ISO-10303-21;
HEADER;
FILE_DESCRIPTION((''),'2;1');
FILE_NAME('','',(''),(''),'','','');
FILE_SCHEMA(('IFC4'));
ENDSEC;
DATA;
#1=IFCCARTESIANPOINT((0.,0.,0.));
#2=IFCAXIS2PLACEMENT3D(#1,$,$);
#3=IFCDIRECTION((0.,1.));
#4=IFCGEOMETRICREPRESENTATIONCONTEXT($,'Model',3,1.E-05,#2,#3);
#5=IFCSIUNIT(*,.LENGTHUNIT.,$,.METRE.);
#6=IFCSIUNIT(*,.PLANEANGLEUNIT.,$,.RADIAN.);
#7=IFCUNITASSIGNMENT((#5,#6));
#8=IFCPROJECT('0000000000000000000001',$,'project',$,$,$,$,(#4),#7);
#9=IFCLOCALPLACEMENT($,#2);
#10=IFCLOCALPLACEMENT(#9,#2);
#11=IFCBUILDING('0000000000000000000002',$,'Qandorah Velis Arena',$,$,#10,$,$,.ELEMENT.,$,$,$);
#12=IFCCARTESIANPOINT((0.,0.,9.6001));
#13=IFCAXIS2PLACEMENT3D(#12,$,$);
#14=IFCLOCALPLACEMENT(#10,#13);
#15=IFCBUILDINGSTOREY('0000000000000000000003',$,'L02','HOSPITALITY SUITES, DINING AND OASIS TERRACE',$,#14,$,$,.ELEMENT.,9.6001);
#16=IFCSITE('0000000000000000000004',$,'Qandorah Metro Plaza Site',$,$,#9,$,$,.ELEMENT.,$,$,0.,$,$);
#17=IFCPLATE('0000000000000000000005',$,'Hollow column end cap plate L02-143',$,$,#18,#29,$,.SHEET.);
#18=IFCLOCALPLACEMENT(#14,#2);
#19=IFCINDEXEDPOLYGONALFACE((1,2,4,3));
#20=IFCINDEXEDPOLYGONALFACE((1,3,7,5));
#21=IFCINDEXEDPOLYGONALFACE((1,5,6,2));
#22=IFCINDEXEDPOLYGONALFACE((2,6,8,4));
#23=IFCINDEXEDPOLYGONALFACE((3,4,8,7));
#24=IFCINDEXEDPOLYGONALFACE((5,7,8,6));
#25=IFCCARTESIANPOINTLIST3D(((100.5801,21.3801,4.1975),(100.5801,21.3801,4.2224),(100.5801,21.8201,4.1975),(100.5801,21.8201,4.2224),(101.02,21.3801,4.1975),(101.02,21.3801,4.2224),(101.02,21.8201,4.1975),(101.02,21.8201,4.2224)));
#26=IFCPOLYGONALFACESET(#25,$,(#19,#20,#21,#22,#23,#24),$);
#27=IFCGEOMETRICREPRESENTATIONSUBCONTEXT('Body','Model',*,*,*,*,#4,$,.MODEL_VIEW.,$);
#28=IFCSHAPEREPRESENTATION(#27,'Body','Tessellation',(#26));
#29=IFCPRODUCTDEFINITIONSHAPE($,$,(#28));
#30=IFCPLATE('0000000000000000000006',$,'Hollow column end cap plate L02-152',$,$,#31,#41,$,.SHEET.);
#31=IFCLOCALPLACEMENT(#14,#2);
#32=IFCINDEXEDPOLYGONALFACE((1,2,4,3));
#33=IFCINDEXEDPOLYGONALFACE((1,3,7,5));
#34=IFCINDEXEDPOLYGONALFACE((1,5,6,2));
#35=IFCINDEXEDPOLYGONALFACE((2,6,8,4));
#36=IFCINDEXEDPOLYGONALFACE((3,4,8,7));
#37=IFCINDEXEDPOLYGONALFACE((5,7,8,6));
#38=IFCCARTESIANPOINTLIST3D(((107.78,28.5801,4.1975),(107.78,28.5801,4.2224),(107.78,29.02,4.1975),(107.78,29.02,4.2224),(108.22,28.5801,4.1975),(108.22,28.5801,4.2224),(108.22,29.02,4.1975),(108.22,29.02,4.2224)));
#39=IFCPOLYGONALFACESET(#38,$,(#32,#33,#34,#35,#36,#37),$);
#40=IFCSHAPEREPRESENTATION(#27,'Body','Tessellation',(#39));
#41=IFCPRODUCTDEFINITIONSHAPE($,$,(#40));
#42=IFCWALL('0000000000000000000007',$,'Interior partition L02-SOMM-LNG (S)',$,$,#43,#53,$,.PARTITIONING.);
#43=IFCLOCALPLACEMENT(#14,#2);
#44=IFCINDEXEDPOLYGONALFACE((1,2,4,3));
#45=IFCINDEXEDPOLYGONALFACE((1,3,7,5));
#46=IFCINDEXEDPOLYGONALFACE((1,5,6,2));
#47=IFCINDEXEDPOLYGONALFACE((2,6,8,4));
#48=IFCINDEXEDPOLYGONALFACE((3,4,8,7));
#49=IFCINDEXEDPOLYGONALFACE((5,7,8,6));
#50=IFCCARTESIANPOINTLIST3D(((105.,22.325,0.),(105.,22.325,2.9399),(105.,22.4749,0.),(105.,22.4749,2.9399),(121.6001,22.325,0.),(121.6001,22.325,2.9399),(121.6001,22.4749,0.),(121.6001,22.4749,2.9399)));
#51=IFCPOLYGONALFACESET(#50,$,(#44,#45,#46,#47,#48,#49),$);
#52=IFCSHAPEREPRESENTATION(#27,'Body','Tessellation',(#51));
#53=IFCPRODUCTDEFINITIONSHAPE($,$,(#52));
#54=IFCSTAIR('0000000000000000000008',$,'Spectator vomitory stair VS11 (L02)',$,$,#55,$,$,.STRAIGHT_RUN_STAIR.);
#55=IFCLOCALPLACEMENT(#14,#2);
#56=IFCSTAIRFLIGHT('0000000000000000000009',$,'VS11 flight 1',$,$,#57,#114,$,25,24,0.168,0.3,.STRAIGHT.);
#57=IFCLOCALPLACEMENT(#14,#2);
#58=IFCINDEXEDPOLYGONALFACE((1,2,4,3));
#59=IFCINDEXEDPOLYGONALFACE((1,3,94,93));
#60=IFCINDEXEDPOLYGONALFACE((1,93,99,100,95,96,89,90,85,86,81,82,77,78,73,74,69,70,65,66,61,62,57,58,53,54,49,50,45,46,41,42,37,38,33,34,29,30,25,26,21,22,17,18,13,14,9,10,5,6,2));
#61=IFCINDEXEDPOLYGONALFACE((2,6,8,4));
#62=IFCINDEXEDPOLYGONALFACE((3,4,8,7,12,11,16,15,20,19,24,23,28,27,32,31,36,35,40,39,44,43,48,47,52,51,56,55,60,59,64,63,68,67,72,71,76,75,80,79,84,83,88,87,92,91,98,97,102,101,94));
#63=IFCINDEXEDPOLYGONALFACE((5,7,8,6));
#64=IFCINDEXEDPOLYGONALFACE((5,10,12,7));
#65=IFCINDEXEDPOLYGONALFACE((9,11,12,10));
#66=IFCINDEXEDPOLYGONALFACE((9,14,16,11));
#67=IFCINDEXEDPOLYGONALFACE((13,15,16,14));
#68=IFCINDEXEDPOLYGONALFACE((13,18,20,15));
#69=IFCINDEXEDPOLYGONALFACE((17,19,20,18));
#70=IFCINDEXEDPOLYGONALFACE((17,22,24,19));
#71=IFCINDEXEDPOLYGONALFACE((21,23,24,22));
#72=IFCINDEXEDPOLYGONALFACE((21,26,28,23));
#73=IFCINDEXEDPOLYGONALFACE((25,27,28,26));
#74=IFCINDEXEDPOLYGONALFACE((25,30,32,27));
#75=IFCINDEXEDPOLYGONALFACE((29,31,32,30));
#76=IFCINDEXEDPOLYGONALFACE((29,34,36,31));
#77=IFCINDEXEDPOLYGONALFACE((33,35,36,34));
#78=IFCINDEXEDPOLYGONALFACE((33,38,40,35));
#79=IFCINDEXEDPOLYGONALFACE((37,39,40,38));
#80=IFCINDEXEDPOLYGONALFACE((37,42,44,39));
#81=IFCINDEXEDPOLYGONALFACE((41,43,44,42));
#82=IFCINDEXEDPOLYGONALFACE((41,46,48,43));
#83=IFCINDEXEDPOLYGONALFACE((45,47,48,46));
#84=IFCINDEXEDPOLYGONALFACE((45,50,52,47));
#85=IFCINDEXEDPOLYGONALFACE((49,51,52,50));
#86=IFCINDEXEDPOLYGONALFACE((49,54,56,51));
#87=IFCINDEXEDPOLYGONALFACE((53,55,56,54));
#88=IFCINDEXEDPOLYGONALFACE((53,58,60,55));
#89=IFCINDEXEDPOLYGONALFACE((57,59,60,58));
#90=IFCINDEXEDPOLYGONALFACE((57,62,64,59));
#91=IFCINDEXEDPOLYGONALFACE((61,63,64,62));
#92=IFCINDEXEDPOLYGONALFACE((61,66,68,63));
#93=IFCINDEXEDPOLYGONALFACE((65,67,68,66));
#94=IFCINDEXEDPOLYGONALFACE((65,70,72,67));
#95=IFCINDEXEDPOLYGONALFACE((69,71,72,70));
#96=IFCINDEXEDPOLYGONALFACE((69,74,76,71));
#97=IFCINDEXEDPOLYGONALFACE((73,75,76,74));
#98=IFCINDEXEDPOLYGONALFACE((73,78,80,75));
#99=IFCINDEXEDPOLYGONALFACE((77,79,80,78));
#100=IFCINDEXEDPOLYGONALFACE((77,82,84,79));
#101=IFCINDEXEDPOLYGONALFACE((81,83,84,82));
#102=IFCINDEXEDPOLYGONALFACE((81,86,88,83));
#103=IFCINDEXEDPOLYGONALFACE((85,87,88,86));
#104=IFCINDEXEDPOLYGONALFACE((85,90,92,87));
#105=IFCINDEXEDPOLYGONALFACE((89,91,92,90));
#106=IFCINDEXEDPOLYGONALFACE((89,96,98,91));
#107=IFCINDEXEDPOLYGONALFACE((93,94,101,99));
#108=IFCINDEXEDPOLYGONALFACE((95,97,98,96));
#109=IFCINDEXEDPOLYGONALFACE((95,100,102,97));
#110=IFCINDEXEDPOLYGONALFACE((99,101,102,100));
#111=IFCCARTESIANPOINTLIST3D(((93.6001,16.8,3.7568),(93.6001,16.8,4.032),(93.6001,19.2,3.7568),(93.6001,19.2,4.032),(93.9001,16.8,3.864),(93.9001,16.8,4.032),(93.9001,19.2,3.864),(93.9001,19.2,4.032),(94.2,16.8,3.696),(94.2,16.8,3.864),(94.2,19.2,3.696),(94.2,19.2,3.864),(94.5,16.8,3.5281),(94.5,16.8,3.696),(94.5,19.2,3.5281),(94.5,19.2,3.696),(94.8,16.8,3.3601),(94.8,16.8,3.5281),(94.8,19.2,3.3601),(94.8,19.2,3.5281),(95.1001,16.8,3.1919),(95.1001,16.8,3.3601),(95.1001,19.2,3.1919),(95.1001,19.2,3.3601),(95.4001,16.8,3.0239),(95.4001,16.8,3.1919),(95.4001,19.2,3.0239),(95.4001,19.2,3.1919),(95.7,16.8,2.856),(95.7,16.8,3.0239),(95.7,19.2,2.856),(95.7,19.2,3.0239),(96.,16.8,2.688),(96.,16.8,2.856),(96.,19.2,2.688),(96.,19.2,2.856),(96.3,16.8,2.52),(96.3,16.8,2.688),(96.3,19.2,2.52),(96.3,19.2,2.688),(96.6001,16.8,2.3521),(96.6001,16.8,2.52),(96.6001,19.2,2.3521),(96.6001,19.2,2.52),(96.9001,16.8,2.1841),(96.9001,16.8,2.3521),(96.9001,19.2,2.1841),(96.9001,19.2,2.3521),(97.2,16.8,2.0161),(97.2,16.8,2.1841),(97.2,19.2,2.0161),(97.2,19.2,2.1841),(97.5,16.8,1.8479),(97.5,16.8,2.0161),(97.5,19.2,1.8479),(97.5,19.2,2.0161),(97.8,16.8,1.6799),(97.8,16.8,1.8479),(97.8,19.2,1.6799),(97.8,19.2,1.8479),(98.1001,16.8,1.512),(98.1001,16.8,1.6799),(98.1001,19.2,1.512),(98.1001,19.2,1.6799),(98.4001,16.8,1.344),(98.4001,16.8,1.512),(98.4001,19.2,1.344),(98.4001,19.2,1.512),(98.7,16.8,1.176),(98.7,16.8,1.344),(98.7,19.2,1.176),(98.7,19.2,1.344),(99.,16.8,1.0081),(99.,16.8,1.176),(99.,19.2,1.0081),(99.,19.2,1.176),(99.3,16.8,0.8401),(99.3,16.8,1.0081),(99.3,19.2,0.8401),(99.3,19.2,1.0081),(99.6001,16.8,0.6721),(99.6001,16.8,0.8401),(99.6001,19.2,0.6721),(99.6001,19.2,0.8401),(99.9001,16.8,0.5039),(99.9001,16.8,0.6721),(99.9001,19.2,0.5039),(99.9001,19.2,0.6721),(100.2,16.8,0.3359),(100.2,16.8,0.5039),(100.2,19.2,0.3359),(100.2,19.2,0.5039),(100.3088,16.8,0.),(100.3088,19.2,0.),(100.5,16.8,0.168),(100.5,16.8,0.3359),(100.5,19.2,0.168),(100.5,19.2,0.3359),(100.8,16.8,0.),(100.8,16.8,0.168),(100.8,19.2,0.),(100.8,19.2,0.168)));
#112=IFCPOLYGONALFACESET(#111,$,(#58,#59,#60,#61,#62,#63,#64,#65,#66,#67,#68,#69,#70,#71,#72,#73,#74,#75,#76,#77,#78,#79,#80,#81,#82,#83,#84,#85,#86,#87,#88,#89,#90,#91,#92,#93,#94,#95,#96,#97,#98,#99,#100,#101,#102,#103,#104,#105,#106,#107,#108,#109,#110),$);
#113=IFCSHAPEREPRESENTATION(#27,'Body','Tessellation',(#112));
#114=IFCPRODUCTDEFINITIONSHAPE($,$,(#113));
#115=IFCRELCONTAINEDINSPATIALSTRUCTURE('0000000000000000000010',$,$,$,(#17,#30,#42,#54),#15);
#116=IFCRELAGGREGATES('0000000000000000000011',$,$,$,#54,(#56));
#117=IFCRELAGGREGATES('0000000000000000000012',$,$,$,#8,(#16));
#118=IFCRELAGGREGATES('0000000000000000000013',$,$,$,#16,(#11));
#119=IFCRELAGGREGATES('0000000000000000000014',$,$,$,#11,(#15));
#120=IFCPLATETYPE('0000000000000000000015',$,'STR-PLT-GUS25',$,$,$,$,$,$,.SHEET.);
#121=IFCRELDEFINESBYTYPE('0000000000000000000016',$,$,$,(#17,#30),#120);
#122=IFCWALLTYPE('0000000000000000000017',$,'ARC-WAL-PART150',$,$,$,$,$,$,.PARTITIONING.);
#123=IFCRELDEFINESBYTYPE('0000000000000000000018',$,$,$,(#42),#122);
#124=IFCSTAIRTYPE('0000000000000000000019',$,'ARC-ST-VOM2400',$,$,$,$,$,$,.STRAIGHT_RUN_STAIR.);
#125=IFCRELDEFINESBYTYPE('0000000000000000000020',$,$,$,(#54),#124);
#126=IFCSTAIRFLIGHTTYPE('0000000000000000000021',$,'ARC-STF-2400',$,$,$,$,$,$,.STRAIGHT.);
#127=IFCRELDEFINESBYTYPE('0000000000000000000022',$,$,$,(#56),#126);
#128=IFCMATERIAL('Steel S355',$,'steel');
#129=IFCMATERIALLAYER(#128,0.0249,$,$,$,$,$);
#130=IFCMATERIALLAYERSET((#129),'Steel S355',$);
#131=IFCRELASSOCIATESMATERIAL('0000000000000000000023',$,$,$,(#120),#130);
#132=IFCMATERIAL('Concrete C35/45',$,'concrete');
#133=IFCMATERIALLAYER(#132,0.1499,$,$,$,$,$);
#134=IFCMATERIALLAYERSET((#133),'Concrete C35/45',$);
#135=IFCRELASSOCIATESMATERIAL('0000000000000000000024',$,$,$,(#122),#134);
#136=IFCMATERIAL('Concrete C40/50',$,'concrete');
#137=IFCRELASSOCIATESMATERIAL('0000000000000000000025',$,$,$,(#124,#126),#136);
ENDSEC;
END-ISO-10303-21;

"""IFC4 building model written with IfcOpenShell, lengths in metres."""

from ifc_helpers import new_model, si_unit, direction, frame, frame_2d, origin, origin_2d, place, context, subcontext, project, spatial, polyline, rectangle, outline, extrude, material, layer, layer_set, type_object, element, aggregate, save


model = new_model("IFC4")

# Units and contexts
model_context = context("Model", 3, precision=1e-05, world=origin(), true_north=direction((0.0, 1.0)))
body_context = subcontext(model_context, "Body", "Model", "MODEL_VIEW")
ifc_project = project(units=[si_unit("LENGTHUNIT", "METRE"), si_unit("PLANEANGLEUNIT", "RADIAN")], contexts=[model_context])

# Site, building, storey
site_placement = place(None, origin())
site = spatial("IfcSite", under=ifc_project, at=site_placement, Name="Qandorah Metro Plaza Site", CompositionType="ELEMENT", RefElevation=0.0)
building_placement = place(site_placement, origin())
building = spatial("IfcBuilding", under=site, at=building_placement, Name="Qandorah Velis Arena", CompositionType="ELEMENT")
storey_placement = place(building_placement, frame((0.0, 0.0, 9.6001)))
storey = spatial("IfcBuildingStorey", under=building, at=storey_placement, Name="L02", Description="HOSPITALITY SUITES, DINING AND OASIS TERRACE", CompositionType="ELEMENT", Elevation=9.6001)

# Shared definitions
ifc_material_1 = material(Name="Concrete C40/50", Category="concrete")
ifc_material_2 = material(Name="Steel S355", Category="steel")

# Plates
ifc_layer_1 = layer(ifc_material_2, 0.0249)
ifc_layer_set_1 = layer_set([ifc_layer_1], Name="Steel S355")
plate_type = type_object("IfcPlateType", Name="STR-PLT-GUS25", PredefinedType="SHEET", material=ifc_layer_set_1)
for number, where, z_axis, x_axis, name in (
    (1, (100.8, 21.6001, 4.1975), (0.0, 0.0, 1.0), (1.0, 0.0, 0.0), "Hollow column end cap plate L02-143"),
    (2, (108.0, 28.8, 4.1975), (0.0, 0.0, 1.0), (1.0, 0.0, 0.0), "Hollow column end cap plate L02-152"),
):
    element("IfcPlate", number, at=place(storey_placement, frame(where, z_axis=z_axis, x_axis=x_axis)), inside=storey, type_object=plate_type, Name=name, PredefinedType="SHEET", context=body_context, shape_type="SweptSolid", body=[
        extrude(rectangle(XDim=0.4399, YDim=0.4399, at=origin_2d()), origin(), (0.0, 0.0, 1.0), 0.0249),
    ])

# Wall
ifc_material_3 = material(Name="Concrete C35/45", Category="concrete")
ifc_layer_2 = layer(ifc_material_3, 0.1499)
ifc_layer_set_2 = layer_set([ifc_layer_2], Name="Concrete C35/45")
wall_type = type_object("IfcWallType", Name="ARC-WAL-PART150", PredefinedType="PARTITIONING", material=ifc_layer_set_2)
wall_placement = place(storey_placement, frame((105.0, 22.3999, 0.0), z_axis=(0.0, 0.0, 1.0), x_axis=(1.0, 0.0, 0.0)))
element("IfcWall", 3, at=wall_placement, inside=storey, type_object=wall_type, Name="Interior partition L02-SOMM-LNG (S)", PredefinedType="PARTITIONING", context=body_context, shape_type="SweptSolid", body=[
    extrude(rectangle(XDim=16.6001, YDim=0.1499, at=frame_2d((8.3, 0.0))), origin(), (0.0, 0.0, 1.0), 2.9399),
])

# Stair, stair flight
stair_type = type_object("IfcStairType", Name="ARC-ST-VOM2400", PredefinedType="STRAIGHT_RUN_STAIR", material=ifc_material_1)
stair_placement = place(storey_placement, origin())
stair = element("IfcStair", 4, at=stair_placement, inside=storey, type_object=stair_type, Name="Spectator vomitory stair VS11 (L02)", PredefinedType="STRAIGHT_RUN_STAIR")
stair_flight_type = type_object("IfcStairFlightType", Name="ARC-STF-2400", PredefinedType="STRAIGHT", material=ifc_material_1)
stair_flight_placement = place(storey_placement, frame((100.8, 18.0, 0.0), z_axis=(0.0, 0.0, 1.0), x_axis=(-1.0, 0.0, 0.0)))
stair_flight = element("IfcStairFlight", 5, at=stair_flight_placement, type_object=stair_flight_type, Name="VS11 flight 1", NumberOfRisers=25, NumberOfTreads=24, PredefinedType="STRAIGHT", RiserHeight=0.168, TreadLength=0.3, context=body_context, shape_type="SweptSolid", body=[
    extrude(outline(polyline([(0.0, 0.0), (0.0, 0.168), (0.3, 0.168), (0.3, 0.3359), (0.6001, 0.3359), (0.6001, 0.5039), (0.8999, 0.5039), (0.8999, 0.6721), (1.2, 0.6721), (1.2, 0.8401), (1.5, 0.8401), (1.5, 1.0081), (1.8, 1.0081), (1.8, 1.176), (2.1001, 1.176), (2.1001, 1.344), (2.3999, 1.344), (2.3999, 1.512), (2.7, 1.512), (2.7, 1.6799), (3.0, 1.6799), (3.0, 1.8479), (3.3, 1.8479), (3.3, 2.0161), (3.6001, 2.0161), (3.6001, 2.1841), (3.8999, 2.1841), (3.8999, 2.3521), (4.2, 2.3521), (4.2, 2.52), (4.5, 2.52), (4.5, 2.688), (4.8, 2.688), (4.8, 2.856), (5.1001, 2.856), (5.1001, 3.0239), (5.3999, 3.0239), (5.3999, 3.1919), (5.7, 3.1919), (5.7, 3.3601), (6.0, 3.3601), (6.0, 3.5281), (6.3, 3.5281), (6.3, 3.696), (6.6001, 3.696), (6.6001, 3.864), (6.8999, 3.864), (6.8999, 4.032), (7.2, 4.032), (7.2, 4.2), (7.2, 3.7568), (0.4912, 0.0), (0.0, 0.0)])), frame((0.0, 1.2, 0.0), z_axis=(0.0, -1.0, 0.0), x_axis=(1.0, 0.0, 0.0)), (0.0, 0.0, 1.0), 2.3999),
])
aggregate(stair, [stair_flight])

save(model, "model.ifc")
